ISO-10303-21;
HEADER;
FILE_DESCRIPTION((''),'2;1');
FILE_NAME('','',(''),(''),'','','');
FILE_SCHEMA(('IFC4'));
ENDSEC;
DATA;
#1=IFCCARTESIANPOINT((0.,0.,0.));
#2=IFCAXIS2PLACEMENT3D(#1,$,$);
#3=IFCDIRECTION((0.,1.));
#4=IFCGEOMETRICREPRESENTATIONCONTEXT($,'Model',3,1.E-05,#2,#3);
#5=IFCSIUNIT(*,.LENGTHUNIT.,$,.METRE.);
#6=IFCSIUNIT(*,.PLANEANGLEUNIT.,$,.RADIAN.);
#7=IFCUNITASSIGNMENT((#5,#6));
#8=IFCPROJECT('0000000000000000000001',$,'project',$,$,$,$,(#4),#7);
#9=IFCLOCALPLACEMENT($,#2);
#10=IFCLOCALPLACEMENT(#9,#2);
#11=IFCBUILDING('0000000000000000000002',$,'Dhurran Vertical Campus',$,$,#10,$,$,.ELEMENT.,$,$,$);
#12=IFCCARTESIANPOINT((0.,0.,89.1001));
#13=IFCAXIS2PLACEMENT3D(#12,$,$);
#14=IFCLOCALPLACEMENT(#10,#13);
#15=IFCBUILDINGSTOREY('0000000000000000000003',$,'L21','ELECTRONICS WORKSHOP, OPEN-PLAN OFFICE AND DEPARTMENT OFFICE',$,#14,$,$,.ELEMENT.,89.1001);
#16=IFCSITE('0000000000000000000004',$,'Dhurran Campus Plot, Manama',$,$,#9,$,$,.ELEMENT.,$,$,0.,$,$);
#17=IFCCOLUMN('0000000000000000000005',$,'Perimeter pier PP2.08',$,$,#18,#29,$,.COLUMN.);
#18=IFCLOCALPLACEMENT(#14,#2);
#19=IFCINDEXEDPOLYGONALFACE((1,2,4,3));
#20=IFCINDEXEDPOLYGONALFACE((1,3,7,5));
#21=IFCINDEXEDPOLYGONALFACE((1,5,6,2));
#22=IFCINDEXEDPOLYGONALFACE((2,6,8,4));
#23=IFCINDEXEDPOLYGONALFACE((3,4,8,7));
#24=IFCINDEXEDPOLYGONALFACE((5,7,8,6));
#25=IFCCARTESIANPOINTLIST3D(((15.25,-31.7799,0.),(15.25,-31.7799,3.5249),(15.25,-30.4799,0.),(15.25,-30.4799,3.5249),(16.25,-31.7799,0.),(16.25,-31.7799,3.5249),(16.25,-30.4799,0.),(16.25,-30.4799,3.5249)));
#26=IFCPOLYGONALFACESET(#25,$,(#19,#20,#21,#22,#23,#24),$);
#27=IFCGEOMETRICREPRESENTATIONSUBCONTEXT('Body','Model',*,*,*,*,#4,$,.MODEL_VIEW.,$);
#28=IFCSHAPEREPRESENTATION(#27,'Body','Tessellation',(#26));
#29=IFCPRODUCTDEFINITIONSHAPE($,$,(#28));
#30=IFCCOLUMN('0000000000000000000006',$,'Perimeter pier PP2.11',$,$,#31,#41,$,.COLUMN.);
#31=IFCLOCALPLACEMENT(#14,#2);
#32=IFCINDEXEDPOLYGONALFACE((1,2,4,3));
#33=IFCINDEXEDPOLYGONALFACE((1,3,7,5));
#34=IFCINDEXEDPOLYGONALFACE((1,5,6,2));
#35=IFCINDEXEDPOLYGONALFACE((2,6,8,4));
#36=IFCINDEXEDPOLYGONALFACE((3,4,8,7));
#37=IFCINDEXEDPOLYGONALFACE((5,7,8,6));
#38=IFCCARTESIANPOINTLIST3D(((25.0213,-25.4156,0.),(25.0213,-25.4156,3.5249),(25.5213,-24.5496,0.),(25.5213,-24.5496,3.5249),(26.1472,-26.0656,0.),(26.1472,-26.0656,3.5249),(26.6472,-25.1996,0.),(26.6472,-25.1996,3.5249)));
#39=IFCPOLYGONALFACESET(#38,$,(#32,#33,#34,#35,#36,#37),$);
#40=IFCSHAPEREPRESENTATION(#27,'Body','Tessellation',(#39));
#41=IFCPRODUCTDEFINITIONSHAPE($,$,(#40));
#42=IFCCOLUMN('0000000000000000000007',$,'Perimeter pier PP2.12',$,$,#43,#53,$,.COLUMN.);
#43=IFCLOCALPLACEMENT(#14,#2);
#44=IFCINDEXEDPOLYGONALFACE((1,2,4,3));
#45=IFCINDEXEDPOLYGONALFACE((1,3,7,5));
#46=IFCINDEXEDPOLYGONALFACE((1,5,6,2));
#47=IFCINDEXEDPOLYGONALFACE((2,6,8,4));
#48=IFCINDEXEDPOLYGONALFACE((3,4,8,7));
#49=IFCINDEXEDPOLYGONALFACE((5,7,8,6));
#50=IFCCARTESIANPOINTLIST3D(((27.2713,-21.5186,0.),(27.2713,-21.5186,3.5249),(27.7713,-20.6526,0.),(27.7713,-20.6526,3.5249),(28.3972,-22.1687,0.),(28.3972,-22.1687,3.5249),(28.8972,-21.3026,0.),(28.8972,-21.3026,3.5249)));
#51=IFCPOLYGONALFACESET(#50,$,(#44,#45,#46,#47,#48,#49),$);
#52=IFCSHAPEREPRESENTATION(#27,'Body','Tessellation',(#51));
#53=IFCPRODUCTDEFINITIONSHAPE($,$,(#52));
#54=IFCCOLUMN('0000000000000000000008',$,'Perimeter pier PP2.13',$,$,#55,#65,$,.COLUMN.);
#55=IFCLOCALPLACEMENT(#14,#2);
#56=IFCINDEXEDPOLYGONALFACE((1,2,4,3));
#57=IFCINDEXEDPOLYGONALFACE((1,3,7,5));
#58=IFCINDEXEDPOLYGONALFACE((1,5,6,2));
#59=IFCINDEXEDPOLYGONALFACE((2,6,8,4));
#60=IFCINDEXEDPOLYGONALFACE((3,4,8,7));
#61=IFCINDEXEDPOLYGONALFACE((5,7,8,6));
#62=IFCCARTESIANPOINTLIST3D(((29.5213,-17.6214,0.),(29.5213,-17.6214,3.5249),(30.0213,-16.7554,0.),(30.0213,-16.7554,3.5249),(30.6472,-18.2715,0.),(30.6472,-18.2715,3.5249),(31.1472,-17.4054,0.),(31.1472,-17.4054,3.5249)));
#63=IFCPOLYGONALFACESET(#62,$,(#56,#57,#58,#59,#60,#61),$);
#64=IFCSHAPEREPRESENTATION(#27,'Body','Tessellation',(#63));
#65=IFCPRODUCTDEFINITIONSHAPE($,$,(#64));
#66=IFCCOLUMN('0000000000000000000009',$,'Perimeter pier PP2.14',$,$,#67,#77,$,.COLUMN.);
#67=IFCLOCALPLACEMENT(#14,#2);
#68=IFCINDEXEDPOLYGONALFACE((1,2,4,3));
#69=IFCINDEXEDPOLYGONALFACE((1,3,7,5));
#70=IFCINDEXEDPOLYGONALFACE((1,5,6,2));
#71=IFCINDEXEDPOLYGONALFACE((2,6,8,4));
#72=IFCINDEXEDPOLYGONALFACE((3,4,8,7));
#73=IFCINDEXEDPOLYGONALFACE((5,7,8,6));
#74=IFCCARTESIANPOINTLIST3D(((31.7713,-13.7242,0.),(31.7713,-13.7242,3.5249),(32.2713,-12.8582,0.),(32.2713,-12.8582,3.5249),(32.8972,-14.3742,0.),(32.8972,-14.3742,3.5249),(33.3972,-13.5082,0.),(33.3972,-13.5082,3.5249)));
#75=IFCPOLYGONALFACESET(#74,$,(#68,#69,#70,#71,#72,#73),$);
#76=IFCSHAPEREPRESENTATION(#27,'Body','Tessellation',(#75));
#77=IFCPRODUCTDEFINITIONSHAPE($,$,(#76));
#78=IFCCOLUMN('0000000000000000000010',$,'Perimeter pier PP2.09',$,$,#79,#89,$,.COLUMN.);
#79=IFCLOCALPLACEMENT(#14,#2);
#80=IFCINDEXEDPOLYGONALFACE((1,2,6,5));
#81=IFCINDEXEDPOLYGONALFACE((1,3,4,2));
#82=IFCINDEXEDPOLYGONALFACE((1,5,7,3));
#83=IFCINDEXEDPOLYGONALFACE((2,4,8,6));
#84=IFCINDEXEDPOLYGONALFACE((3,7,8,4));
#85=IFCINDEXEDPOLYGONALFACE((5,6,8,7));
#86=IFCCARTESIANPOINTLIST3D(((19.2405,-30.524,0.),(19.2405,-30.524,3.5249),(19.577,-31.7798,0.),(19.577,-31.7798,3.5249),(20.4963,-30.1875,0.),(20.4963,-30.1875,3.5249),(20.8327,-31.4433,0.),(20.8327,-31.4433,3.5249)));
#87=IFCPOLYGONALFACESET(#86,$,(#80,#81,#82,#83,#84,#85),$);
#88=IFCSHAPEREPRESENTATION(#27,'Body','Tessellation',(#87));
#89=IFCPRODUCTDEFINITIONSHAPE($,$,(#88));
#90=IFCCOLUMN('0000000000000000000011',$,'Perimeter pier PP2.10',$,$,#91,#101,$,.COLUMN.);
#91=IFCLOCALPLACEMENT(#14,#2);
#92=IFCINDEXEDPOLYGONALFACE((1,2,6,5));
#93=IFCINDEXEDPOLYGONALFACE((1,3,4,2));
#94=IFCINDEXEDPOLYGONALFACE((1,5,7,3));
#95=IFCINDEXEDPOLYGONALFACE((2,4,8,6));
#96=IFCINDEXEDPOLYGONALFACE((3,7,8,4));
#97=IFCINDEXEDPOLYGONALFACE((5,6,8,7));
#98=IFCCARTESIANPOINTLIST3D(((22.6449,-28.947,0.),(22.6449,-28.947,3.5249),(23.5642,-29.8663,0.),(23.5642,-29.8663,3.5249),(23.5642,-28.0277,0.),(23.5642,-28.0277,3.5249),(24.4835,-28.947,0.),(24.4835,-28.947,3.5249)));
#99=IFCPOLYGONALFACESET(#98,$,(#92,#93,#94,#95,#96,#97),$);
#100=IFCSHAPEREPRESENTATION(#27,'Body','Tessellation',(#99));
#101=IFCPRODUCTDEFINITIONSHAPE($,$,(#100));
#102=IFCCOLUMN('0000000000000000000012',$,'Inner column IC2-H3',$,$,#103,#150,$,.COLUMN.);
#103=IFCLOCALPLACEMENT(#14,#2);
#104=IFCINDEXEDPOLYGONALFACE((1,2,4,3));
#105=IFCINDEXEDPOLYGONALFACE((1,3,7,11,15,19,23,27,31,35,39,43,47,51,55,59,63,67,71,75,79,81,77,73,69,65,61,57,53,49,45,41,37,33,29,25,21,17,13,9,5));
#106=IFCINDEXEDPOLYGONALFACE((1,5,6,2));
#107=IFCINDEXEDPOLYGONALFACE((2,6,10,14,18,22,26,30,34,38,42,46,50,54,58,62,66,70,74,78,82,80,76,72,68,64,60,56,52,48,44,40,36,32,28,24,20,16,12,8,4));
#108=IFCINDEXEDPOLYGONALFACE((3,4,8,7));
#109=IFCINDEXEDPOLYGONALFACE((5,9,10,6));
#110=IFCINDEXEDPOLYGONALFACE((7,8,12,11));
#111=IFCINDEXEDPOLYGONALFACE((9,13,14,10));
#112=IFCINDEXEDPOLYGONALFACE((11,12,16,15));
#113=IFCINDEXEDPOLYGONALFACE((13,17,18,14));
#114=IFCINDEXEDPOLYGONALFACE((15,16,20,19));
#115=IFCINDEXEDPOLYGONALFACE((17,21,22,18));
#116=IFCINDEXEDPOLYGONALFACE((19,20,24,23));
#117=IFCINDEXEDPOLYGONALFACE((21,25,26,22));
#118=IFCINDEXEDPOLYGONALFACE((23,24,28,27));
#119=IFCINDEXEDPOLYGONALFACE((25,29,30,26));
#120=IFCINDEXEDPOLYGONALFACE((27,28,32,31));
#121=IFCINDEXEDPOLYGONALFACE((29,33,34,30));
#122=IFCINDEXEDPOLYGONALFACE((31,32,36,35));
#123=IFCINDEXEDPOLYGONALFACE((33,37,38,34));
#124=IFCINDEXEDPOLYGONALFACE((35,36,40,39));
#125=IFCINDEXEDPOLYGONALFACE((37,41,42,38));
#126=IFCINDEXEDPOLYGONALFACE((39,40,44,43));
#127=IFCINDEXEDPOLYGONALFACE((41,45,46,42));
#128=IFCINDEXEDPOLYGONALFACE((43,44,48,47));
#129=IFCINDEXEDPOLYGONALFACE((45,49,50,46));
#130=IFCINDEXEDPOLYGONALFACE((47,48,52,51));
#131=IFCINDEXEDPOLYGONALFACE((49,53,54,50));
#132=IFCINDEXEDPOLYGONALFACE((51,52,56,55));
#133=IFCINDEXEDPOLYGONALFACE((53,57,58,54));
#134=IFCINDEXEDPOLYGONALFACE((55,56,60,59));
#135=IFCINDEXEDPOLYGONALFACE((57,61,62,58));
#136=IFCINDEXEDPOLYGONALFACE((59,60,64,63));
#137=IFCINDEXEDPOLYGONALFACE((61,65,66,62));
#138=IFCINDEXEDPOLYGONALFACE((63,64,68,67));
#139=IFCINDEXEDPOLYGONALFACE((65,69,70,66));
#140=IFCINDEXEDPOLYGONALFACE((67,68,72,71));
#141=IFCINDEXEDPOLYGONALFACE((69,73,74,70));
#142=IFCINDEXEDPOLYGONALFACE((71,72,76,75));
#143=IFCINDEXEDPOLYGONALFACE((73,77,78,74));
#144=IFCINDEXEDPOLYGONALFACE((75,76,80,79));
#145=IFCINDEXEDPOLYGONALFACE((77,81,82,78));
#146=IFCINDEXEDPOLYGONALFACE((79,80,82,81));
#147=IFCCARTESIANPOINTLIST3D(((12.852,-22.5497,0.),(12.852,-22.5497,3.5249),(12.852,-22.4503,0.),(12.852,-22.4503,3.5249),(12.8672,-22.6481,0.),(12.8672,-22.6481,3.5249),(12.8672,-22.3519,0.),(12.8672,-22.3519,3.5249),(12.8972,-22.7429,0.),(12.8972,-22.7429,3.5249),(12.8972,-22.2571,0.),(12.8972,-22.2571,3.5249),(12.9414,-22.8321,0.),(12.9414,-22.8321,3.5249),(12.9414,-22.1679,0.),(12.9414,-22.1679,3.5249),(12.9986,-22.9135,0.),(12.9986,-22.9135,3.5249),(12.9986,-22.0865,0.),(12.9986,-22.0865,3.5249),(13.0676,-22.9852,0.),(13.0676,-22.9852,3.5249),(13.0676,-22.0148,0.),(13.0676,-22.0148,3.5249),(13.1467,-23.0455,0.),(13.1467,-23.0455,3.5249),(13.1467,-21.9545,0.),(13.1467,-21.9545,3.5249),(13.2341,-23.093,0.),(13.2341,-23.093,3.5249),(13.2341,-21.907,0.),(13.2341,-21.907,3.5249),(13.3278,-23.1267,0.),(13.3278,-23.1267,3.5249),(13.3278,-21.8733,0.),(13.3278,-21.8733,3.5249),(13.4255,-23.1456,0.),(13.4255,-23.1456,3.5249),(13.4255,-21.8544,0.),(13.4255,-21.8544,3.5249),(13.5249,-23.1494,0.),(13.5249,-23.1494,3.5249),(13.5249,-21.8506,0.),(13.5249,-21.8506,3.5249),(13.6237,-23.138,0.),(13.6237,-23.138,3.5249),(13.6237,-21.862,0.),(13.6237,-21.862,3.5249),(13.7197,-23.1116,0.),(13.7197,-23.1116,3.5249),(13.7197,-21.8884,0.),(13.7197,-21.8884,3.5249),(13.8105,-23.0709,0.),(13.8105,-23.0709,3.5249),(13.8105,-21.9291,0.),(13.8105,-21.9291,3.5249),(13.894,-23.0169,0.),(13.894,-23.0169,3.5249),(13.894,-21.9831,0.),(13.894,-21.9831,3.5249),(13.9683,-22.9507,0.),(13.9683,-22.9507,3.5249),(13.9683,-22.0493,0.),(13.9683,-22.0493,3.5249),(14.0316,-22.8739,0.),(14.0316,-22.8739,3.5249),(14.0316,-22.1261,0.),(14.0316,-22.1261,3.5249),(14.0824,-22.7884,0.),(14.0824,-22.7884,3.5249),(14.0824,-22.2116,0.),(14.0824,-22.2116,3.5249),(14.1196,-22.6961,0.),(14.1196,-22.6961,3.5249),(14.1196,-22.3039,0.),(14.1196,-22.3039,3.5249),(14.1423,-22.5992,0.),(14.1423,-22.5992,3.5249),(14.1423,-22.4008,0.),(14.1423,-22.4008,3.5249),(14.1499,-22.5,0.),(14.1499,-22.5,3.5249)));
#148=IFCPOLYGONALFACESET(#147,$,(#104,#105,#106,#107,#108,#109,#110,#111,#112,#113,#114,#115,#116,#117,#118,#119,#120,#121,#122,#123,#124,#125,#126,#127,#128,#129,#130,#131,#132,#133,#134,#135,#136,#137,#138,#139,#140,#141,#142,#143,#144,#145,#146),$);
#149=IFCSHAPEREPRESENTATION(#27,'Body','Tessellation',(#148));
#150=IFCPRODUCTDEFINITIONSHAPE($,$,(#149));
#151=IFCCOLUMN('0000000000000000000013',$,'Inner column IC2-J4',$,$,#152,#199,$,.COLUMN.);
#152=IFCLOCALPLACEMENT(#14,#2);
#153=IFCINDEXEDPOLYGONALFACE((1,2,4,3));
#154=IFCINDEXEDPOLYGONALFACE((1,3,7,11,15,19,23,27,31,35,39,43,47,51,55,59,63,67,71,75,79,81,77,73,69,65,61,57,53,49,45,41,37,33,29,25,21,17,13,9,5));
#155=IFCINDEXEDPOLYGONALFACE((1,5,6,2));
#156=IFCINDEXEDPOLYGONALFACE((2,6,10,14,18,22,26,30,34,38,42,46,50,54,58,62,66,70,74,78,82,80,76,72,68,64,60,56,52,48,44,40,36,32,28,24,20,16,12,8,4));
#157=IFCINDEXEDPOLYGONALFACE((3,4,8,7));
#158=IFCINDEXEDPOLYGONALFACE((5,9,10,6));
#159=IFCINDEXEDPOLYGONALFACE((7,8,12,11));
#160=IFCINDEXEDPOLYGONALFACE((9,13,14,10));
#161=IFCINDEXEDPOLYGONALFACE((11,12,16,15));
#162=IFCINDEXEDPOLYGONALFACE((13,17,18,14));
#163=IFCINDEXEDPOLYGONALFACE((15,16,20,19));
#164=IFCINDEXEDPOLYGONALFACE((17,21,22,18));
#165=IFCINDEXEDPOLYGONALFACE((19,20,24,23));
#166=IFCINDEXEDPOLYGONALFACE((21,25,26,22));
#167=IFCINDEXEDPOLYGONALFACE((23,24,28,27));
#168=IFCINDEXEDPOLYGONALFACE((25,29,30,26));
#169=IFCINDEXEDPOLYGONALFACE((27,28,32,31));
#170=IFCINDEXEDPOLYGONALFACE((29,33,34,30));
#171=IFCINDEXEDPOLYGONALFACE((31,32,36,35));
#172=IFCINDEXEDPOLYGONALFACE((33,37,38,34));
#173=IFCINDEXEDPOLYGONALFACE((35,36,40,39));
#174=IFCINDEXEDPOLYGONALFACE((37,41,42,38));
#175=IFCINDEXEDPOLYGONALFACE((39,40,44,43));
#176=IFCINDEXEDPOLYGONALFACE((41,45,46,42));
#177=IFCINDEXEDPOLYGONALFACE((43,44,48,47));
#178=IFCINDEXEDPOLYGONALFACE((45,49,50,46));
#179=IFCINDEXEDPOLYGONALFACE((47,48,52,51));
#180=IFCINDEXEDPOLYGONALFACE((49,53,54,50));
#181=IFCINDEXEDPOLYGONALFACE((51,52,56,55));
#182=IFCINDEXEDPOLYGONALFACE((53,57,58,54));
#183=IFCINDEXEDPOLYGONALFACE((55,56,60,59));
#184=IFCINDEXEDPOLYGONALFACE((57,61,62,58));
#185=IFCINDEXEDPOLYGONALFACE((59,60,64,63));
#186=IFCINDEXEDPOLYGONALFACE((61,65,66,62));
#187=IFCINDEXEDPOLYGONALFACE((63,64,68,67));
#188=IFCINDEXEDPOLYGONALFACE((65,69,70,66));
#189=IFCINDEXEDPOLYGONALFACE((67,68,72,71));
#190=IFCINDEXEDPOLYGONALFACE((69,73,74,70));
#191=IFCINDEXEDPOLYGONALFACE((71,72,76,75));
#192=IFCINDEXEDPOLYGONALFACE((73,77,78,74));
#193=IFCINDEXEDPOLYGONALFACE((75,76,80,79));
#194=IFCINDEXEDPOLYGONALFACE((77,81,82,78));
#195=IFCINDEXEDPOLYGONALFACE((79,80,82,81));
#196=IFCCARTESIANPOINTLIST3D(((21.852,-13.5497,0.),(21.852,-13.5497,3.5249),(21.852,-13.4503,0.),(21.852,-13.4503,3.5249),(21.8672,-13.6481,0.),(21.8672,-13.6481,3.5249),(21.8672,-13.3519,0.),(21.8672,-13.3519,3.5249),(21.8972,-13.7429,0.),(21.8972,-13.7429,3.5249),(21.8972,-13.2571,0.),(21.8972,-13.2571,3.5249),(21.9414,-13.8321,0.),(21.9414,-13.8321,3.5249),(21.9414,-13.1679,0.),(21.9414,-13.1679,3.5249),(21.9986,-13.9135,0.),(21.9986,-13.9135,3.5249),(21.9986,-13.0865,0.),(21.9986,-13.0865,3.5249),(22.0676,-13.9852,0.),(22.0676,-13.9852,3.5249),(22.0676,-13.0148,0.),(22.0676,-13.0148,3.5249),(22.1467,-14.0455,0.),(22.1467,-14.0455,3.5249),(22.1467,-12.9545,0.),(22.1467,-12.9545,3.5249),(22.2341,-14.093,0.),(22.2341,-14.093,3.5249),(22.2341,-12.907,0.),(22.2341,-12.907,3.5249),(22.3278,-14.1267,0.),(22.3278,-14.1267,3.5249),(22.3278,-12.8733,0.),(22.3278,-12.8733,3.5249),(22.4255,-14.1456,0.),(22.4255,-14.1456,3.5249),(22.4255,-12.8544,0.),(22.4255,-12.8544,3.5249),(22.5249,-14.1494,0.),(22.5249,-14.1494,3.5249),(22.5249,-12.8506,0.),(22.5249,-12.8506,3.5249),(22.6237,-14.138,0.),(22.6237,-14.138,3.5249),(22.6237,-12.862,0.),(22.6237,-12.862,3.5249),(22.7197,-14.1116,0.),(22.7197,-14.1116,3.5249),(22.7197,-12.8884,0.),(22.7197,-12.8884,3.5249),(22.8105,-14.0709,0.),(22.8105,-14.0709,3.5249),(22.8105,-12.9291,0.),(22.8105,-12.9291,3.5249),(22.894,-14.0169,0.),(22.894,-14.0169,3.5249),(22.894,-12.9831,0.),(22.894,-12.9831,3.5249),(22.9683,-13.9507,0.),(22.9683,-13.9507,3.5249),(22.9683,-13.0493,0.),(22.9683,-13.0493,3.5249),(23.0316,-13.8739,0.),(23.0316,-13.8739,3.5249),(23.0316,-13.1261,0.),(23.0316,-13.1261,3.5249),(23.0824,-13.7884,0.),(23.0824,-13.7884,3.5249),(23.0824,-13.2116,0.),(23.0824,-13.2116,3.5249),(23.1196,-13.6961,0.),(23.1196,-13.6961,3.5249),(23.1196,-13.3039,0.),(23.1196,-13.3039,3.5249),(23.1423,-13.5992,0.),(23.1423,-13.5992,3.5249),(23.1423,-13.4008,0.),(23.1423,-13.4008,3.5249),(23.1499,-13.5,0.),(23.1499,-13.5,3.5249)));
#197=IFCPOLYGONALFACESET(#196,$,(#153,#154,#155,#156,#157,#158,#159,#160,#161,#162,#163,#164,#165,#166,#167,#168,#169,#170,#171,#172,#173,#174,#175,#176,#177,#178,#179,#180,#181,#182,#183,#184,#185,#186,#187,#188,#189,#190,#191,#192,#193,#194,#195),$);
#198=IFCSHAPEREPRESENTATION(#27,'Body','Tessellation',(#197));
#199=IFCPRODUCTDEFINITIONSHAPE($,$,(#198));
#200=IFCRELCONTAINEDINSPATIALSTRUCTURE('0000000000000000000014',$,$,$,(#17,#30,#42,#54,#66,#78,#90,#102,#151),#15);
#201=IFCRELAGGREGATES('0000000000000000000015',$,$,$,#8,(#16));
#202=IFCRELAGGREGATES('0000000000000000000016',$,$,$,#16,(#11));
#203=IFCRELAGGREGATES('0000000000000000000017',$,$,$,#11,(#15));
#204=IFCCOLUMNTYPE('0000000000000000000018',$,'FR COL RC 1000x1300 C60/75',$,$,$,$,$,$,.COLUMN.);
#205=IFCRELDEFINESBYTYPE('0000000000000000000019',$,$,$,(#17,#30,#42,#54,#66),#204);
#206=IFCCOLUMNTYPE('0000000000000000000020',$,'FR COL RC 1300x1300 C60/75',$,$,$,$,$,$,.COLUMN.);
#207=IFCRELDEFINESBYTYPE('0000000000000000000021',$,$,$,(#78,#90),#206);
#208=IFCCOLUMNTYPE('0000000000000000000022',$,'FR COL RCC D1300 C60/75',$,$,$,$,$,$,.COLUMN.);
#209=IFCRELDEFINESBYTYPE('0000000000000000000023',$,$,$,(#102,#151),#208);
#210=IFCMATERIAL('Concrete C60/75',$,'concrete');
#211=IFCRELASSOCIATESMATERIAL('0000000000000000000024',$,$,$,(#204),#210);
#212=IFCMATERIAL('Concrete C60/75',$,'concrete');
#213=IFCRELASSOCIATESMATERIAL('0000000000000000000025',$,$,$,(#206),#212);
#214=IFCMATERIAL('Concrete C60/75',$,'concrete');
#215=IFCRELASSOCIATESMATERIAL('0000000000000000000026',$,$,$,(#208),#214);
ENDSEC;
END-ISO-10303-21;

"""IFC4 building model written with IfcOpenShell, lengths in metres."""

from ifc_helpers import new_model, si_unit, direction, frame, origin, origin_2d, place, context, subcontext, project, spatial, rectangle, circle, extrude, material, material_profile, profile_set, type_object, element, save


model = new_model("IFC4")

# Units and contexts
model_context = context("Model", 3, precision=1e-05, world=origin(), true_north=direction((0.0, 1.0)))
body_context = subcontext(model_context, "Body", "Model", "MODEL_VIEW")
ifc_project = project(units=[si_unit("LENGTHUNIT", "METRE"), si_unit("PLANEANGLEUNIT", "RADIAN")], contexts=[model_context])

# Site, building, storey
site_placement = place(None, origin())
site = spatial("IfcSite", under=ifc_project, at=site_placement, Name="Dhurran Campus Plot, Manama", CompositionType="ELEMENT", RefElevation=0.0)
building_placement = place(site_placement, origin())
building = spatial("IfcBuilding", under=site, at=building_placement, Name="Dhurran Vertical Campus", CompositionType="ELEMENT")
storey_placement = place(building_placement, frame((0.0, 0.0, 89.1001)))
storey = spatial("IfcBuildingStorey", under=building, at=storey_placement, Name="L21", Description="ELECTRONICS WORKSHOP, OPEN-PLAN OFFICE AND DEPARTMENT OFFICE", CompositionType="ELEMENT", Elevation=89.1001)

# Columns
ifc_material_1 = material(Name="Concrete C60/75", Category="concrete")
ifc_material_profile_1 = material_profile(ifc_material_1, rectangle(XDim=1.0, YDim=1.3, at=origin_2d()), Name="RC 1000x1300")
ifc_profile_set_1 = profile_set([ifc_material_profile_1], Name="Concrete C60/75")
column_type_1 = type_object("IfcColumnType", Name="FR COL RC 1000x1300 C60/75", PredefinedType="COLUMN", material=ifc_profile_set_1)
for number, where, z_axis, x_axis, name in (
    (1, (15.75, -31.1299, 0.0), (0.0, 0.0, 1.0), (1.0, 0.0, 0.0), "Perimeter pier PP2.08"),
    (2, (25.8342, -25.3076, 0.0), (0.0, 0.0, 1.0), (0.5, 0.866025, 0.0), "Perimeter pier PP2.11"),
    (3, (28.0842, -21.4106, 0.0), (0.0, 0.0, 1.0), (0.5, 0.866025, 0.0), "Perimeter pier PP2.12"),
    (4, (30.3342, -17.5134, 0.0), (0.0, 0.0, 1.0), (0.5, 0.866025, 0.0), "Perimeter pier PP2.13"),
    (5, (32.5842, -13.6162, 0.0), (0.0, 0.0, 1.0), (0.5, 0.866025, 0.0), "Perimeter pier PP2.14"),
):
    element("IfcColumn", number, at=place(storey_placement, frame(where, z_axis=z_axis, x_axis=x_axis)), inside=storey, type_object=column_type_1, Name=name, PredefinedType="COLUMN", context=body_context, shape_type="SweptSolid", body=[
        extrude(rectangle(XDim=1.0, YDim=1.3, at=origin_2d()), origin(), (0.0, 0.0, 1.0), 3.5249),
    ])
ifc_material_2 = material(Name="Concrete C60/75", Category="concrete")
ifc_material_profile_2 = material_profile(ifc_material_2, rectangle(XDim=1.3, YDim=1.3, at=origin_2d()), Name="RC 1300x1300")
ifc_profile_set_2 = profile_set([ifc_material_profile_2], Name="Concrete C60/75")
column_type_2 = type_object("IfcColumnType", Name="FR COL RC 1300x1300 C60/75", PredefinedType="COLUMN", material=ifc_profile_set_2)
for number, where, z_axis, x_axis, name in (
    (6, (20.0366, -30.9836, 0.0), (0.0, 0.0, 1.0), (0.965926, 0.258819, 0.0), "Perimeter pier PP2.09"),
    (7, (23.5642, -28.947, 0.0), (0.0, 0.0, 1.0), (0.707107, 0.707107, 0.0), "Perimeter pier PP2.10"),
):
    element("IfcColumn", number, at=place(storey_placement, frame(where, z_axis=z_axis, x_axis=x_axis)), inside=storey, type_object=column_type_2, Name=name, PredefinedType="COLUMN", context=body_context, shape_type="SweptSolid", body=[
        extrude(rectangle(XDim=1.3, YDim=1.3, at=origin_2d()), origin(), (0.0, 0.0, 1.0), 3.5249),
    ])
ifc_material_3 = material(Name="Concrete C60/75", Category="concrete")
ifc_material_profile_3 = material_profile(ifc_material_3, circle(Radius=0.6499, at=origin_2d()), Name="RCC D1300")
ifc_profile_set_3 = profile_set([ifc_material_profile_3], Name="Concrete C60/75")
column_type_3 = type_object("IfcColumnType", Name="FR COL RCC D1300 C60/75", PredefinedType="COLUMN", material=ifc_profile_set_3)
for number, where, z_axis, x_axis, name in (
    (8, (13.5, -22.5, 0.0), (0.0, 0.0, 1.0), (1.0, 0.0, 0.0), "Inner column IC2-H3"),
    (9, (22.5, -13.5, 0.0), (0.0, 0.0, 1.0), (1.0, 0.0, 0.0), "Inner column IC2-J4"),
):
    element("IfcColumn", number, at=place(storey_placement, frame(where, z_axis=z_axis, x_axis=x_axis)), inside=storey, type_object=column_type_3, Name=name, PredefinedType="COLUMN", context=body_context, shape_type="SweptSolid", body=[
        extrude(circle(Radius=0.6499, at=origin_2d()), origin(), (0.0, 0.0, 1.0), 3.5249),
    ])

save(model, "model.ifc")
